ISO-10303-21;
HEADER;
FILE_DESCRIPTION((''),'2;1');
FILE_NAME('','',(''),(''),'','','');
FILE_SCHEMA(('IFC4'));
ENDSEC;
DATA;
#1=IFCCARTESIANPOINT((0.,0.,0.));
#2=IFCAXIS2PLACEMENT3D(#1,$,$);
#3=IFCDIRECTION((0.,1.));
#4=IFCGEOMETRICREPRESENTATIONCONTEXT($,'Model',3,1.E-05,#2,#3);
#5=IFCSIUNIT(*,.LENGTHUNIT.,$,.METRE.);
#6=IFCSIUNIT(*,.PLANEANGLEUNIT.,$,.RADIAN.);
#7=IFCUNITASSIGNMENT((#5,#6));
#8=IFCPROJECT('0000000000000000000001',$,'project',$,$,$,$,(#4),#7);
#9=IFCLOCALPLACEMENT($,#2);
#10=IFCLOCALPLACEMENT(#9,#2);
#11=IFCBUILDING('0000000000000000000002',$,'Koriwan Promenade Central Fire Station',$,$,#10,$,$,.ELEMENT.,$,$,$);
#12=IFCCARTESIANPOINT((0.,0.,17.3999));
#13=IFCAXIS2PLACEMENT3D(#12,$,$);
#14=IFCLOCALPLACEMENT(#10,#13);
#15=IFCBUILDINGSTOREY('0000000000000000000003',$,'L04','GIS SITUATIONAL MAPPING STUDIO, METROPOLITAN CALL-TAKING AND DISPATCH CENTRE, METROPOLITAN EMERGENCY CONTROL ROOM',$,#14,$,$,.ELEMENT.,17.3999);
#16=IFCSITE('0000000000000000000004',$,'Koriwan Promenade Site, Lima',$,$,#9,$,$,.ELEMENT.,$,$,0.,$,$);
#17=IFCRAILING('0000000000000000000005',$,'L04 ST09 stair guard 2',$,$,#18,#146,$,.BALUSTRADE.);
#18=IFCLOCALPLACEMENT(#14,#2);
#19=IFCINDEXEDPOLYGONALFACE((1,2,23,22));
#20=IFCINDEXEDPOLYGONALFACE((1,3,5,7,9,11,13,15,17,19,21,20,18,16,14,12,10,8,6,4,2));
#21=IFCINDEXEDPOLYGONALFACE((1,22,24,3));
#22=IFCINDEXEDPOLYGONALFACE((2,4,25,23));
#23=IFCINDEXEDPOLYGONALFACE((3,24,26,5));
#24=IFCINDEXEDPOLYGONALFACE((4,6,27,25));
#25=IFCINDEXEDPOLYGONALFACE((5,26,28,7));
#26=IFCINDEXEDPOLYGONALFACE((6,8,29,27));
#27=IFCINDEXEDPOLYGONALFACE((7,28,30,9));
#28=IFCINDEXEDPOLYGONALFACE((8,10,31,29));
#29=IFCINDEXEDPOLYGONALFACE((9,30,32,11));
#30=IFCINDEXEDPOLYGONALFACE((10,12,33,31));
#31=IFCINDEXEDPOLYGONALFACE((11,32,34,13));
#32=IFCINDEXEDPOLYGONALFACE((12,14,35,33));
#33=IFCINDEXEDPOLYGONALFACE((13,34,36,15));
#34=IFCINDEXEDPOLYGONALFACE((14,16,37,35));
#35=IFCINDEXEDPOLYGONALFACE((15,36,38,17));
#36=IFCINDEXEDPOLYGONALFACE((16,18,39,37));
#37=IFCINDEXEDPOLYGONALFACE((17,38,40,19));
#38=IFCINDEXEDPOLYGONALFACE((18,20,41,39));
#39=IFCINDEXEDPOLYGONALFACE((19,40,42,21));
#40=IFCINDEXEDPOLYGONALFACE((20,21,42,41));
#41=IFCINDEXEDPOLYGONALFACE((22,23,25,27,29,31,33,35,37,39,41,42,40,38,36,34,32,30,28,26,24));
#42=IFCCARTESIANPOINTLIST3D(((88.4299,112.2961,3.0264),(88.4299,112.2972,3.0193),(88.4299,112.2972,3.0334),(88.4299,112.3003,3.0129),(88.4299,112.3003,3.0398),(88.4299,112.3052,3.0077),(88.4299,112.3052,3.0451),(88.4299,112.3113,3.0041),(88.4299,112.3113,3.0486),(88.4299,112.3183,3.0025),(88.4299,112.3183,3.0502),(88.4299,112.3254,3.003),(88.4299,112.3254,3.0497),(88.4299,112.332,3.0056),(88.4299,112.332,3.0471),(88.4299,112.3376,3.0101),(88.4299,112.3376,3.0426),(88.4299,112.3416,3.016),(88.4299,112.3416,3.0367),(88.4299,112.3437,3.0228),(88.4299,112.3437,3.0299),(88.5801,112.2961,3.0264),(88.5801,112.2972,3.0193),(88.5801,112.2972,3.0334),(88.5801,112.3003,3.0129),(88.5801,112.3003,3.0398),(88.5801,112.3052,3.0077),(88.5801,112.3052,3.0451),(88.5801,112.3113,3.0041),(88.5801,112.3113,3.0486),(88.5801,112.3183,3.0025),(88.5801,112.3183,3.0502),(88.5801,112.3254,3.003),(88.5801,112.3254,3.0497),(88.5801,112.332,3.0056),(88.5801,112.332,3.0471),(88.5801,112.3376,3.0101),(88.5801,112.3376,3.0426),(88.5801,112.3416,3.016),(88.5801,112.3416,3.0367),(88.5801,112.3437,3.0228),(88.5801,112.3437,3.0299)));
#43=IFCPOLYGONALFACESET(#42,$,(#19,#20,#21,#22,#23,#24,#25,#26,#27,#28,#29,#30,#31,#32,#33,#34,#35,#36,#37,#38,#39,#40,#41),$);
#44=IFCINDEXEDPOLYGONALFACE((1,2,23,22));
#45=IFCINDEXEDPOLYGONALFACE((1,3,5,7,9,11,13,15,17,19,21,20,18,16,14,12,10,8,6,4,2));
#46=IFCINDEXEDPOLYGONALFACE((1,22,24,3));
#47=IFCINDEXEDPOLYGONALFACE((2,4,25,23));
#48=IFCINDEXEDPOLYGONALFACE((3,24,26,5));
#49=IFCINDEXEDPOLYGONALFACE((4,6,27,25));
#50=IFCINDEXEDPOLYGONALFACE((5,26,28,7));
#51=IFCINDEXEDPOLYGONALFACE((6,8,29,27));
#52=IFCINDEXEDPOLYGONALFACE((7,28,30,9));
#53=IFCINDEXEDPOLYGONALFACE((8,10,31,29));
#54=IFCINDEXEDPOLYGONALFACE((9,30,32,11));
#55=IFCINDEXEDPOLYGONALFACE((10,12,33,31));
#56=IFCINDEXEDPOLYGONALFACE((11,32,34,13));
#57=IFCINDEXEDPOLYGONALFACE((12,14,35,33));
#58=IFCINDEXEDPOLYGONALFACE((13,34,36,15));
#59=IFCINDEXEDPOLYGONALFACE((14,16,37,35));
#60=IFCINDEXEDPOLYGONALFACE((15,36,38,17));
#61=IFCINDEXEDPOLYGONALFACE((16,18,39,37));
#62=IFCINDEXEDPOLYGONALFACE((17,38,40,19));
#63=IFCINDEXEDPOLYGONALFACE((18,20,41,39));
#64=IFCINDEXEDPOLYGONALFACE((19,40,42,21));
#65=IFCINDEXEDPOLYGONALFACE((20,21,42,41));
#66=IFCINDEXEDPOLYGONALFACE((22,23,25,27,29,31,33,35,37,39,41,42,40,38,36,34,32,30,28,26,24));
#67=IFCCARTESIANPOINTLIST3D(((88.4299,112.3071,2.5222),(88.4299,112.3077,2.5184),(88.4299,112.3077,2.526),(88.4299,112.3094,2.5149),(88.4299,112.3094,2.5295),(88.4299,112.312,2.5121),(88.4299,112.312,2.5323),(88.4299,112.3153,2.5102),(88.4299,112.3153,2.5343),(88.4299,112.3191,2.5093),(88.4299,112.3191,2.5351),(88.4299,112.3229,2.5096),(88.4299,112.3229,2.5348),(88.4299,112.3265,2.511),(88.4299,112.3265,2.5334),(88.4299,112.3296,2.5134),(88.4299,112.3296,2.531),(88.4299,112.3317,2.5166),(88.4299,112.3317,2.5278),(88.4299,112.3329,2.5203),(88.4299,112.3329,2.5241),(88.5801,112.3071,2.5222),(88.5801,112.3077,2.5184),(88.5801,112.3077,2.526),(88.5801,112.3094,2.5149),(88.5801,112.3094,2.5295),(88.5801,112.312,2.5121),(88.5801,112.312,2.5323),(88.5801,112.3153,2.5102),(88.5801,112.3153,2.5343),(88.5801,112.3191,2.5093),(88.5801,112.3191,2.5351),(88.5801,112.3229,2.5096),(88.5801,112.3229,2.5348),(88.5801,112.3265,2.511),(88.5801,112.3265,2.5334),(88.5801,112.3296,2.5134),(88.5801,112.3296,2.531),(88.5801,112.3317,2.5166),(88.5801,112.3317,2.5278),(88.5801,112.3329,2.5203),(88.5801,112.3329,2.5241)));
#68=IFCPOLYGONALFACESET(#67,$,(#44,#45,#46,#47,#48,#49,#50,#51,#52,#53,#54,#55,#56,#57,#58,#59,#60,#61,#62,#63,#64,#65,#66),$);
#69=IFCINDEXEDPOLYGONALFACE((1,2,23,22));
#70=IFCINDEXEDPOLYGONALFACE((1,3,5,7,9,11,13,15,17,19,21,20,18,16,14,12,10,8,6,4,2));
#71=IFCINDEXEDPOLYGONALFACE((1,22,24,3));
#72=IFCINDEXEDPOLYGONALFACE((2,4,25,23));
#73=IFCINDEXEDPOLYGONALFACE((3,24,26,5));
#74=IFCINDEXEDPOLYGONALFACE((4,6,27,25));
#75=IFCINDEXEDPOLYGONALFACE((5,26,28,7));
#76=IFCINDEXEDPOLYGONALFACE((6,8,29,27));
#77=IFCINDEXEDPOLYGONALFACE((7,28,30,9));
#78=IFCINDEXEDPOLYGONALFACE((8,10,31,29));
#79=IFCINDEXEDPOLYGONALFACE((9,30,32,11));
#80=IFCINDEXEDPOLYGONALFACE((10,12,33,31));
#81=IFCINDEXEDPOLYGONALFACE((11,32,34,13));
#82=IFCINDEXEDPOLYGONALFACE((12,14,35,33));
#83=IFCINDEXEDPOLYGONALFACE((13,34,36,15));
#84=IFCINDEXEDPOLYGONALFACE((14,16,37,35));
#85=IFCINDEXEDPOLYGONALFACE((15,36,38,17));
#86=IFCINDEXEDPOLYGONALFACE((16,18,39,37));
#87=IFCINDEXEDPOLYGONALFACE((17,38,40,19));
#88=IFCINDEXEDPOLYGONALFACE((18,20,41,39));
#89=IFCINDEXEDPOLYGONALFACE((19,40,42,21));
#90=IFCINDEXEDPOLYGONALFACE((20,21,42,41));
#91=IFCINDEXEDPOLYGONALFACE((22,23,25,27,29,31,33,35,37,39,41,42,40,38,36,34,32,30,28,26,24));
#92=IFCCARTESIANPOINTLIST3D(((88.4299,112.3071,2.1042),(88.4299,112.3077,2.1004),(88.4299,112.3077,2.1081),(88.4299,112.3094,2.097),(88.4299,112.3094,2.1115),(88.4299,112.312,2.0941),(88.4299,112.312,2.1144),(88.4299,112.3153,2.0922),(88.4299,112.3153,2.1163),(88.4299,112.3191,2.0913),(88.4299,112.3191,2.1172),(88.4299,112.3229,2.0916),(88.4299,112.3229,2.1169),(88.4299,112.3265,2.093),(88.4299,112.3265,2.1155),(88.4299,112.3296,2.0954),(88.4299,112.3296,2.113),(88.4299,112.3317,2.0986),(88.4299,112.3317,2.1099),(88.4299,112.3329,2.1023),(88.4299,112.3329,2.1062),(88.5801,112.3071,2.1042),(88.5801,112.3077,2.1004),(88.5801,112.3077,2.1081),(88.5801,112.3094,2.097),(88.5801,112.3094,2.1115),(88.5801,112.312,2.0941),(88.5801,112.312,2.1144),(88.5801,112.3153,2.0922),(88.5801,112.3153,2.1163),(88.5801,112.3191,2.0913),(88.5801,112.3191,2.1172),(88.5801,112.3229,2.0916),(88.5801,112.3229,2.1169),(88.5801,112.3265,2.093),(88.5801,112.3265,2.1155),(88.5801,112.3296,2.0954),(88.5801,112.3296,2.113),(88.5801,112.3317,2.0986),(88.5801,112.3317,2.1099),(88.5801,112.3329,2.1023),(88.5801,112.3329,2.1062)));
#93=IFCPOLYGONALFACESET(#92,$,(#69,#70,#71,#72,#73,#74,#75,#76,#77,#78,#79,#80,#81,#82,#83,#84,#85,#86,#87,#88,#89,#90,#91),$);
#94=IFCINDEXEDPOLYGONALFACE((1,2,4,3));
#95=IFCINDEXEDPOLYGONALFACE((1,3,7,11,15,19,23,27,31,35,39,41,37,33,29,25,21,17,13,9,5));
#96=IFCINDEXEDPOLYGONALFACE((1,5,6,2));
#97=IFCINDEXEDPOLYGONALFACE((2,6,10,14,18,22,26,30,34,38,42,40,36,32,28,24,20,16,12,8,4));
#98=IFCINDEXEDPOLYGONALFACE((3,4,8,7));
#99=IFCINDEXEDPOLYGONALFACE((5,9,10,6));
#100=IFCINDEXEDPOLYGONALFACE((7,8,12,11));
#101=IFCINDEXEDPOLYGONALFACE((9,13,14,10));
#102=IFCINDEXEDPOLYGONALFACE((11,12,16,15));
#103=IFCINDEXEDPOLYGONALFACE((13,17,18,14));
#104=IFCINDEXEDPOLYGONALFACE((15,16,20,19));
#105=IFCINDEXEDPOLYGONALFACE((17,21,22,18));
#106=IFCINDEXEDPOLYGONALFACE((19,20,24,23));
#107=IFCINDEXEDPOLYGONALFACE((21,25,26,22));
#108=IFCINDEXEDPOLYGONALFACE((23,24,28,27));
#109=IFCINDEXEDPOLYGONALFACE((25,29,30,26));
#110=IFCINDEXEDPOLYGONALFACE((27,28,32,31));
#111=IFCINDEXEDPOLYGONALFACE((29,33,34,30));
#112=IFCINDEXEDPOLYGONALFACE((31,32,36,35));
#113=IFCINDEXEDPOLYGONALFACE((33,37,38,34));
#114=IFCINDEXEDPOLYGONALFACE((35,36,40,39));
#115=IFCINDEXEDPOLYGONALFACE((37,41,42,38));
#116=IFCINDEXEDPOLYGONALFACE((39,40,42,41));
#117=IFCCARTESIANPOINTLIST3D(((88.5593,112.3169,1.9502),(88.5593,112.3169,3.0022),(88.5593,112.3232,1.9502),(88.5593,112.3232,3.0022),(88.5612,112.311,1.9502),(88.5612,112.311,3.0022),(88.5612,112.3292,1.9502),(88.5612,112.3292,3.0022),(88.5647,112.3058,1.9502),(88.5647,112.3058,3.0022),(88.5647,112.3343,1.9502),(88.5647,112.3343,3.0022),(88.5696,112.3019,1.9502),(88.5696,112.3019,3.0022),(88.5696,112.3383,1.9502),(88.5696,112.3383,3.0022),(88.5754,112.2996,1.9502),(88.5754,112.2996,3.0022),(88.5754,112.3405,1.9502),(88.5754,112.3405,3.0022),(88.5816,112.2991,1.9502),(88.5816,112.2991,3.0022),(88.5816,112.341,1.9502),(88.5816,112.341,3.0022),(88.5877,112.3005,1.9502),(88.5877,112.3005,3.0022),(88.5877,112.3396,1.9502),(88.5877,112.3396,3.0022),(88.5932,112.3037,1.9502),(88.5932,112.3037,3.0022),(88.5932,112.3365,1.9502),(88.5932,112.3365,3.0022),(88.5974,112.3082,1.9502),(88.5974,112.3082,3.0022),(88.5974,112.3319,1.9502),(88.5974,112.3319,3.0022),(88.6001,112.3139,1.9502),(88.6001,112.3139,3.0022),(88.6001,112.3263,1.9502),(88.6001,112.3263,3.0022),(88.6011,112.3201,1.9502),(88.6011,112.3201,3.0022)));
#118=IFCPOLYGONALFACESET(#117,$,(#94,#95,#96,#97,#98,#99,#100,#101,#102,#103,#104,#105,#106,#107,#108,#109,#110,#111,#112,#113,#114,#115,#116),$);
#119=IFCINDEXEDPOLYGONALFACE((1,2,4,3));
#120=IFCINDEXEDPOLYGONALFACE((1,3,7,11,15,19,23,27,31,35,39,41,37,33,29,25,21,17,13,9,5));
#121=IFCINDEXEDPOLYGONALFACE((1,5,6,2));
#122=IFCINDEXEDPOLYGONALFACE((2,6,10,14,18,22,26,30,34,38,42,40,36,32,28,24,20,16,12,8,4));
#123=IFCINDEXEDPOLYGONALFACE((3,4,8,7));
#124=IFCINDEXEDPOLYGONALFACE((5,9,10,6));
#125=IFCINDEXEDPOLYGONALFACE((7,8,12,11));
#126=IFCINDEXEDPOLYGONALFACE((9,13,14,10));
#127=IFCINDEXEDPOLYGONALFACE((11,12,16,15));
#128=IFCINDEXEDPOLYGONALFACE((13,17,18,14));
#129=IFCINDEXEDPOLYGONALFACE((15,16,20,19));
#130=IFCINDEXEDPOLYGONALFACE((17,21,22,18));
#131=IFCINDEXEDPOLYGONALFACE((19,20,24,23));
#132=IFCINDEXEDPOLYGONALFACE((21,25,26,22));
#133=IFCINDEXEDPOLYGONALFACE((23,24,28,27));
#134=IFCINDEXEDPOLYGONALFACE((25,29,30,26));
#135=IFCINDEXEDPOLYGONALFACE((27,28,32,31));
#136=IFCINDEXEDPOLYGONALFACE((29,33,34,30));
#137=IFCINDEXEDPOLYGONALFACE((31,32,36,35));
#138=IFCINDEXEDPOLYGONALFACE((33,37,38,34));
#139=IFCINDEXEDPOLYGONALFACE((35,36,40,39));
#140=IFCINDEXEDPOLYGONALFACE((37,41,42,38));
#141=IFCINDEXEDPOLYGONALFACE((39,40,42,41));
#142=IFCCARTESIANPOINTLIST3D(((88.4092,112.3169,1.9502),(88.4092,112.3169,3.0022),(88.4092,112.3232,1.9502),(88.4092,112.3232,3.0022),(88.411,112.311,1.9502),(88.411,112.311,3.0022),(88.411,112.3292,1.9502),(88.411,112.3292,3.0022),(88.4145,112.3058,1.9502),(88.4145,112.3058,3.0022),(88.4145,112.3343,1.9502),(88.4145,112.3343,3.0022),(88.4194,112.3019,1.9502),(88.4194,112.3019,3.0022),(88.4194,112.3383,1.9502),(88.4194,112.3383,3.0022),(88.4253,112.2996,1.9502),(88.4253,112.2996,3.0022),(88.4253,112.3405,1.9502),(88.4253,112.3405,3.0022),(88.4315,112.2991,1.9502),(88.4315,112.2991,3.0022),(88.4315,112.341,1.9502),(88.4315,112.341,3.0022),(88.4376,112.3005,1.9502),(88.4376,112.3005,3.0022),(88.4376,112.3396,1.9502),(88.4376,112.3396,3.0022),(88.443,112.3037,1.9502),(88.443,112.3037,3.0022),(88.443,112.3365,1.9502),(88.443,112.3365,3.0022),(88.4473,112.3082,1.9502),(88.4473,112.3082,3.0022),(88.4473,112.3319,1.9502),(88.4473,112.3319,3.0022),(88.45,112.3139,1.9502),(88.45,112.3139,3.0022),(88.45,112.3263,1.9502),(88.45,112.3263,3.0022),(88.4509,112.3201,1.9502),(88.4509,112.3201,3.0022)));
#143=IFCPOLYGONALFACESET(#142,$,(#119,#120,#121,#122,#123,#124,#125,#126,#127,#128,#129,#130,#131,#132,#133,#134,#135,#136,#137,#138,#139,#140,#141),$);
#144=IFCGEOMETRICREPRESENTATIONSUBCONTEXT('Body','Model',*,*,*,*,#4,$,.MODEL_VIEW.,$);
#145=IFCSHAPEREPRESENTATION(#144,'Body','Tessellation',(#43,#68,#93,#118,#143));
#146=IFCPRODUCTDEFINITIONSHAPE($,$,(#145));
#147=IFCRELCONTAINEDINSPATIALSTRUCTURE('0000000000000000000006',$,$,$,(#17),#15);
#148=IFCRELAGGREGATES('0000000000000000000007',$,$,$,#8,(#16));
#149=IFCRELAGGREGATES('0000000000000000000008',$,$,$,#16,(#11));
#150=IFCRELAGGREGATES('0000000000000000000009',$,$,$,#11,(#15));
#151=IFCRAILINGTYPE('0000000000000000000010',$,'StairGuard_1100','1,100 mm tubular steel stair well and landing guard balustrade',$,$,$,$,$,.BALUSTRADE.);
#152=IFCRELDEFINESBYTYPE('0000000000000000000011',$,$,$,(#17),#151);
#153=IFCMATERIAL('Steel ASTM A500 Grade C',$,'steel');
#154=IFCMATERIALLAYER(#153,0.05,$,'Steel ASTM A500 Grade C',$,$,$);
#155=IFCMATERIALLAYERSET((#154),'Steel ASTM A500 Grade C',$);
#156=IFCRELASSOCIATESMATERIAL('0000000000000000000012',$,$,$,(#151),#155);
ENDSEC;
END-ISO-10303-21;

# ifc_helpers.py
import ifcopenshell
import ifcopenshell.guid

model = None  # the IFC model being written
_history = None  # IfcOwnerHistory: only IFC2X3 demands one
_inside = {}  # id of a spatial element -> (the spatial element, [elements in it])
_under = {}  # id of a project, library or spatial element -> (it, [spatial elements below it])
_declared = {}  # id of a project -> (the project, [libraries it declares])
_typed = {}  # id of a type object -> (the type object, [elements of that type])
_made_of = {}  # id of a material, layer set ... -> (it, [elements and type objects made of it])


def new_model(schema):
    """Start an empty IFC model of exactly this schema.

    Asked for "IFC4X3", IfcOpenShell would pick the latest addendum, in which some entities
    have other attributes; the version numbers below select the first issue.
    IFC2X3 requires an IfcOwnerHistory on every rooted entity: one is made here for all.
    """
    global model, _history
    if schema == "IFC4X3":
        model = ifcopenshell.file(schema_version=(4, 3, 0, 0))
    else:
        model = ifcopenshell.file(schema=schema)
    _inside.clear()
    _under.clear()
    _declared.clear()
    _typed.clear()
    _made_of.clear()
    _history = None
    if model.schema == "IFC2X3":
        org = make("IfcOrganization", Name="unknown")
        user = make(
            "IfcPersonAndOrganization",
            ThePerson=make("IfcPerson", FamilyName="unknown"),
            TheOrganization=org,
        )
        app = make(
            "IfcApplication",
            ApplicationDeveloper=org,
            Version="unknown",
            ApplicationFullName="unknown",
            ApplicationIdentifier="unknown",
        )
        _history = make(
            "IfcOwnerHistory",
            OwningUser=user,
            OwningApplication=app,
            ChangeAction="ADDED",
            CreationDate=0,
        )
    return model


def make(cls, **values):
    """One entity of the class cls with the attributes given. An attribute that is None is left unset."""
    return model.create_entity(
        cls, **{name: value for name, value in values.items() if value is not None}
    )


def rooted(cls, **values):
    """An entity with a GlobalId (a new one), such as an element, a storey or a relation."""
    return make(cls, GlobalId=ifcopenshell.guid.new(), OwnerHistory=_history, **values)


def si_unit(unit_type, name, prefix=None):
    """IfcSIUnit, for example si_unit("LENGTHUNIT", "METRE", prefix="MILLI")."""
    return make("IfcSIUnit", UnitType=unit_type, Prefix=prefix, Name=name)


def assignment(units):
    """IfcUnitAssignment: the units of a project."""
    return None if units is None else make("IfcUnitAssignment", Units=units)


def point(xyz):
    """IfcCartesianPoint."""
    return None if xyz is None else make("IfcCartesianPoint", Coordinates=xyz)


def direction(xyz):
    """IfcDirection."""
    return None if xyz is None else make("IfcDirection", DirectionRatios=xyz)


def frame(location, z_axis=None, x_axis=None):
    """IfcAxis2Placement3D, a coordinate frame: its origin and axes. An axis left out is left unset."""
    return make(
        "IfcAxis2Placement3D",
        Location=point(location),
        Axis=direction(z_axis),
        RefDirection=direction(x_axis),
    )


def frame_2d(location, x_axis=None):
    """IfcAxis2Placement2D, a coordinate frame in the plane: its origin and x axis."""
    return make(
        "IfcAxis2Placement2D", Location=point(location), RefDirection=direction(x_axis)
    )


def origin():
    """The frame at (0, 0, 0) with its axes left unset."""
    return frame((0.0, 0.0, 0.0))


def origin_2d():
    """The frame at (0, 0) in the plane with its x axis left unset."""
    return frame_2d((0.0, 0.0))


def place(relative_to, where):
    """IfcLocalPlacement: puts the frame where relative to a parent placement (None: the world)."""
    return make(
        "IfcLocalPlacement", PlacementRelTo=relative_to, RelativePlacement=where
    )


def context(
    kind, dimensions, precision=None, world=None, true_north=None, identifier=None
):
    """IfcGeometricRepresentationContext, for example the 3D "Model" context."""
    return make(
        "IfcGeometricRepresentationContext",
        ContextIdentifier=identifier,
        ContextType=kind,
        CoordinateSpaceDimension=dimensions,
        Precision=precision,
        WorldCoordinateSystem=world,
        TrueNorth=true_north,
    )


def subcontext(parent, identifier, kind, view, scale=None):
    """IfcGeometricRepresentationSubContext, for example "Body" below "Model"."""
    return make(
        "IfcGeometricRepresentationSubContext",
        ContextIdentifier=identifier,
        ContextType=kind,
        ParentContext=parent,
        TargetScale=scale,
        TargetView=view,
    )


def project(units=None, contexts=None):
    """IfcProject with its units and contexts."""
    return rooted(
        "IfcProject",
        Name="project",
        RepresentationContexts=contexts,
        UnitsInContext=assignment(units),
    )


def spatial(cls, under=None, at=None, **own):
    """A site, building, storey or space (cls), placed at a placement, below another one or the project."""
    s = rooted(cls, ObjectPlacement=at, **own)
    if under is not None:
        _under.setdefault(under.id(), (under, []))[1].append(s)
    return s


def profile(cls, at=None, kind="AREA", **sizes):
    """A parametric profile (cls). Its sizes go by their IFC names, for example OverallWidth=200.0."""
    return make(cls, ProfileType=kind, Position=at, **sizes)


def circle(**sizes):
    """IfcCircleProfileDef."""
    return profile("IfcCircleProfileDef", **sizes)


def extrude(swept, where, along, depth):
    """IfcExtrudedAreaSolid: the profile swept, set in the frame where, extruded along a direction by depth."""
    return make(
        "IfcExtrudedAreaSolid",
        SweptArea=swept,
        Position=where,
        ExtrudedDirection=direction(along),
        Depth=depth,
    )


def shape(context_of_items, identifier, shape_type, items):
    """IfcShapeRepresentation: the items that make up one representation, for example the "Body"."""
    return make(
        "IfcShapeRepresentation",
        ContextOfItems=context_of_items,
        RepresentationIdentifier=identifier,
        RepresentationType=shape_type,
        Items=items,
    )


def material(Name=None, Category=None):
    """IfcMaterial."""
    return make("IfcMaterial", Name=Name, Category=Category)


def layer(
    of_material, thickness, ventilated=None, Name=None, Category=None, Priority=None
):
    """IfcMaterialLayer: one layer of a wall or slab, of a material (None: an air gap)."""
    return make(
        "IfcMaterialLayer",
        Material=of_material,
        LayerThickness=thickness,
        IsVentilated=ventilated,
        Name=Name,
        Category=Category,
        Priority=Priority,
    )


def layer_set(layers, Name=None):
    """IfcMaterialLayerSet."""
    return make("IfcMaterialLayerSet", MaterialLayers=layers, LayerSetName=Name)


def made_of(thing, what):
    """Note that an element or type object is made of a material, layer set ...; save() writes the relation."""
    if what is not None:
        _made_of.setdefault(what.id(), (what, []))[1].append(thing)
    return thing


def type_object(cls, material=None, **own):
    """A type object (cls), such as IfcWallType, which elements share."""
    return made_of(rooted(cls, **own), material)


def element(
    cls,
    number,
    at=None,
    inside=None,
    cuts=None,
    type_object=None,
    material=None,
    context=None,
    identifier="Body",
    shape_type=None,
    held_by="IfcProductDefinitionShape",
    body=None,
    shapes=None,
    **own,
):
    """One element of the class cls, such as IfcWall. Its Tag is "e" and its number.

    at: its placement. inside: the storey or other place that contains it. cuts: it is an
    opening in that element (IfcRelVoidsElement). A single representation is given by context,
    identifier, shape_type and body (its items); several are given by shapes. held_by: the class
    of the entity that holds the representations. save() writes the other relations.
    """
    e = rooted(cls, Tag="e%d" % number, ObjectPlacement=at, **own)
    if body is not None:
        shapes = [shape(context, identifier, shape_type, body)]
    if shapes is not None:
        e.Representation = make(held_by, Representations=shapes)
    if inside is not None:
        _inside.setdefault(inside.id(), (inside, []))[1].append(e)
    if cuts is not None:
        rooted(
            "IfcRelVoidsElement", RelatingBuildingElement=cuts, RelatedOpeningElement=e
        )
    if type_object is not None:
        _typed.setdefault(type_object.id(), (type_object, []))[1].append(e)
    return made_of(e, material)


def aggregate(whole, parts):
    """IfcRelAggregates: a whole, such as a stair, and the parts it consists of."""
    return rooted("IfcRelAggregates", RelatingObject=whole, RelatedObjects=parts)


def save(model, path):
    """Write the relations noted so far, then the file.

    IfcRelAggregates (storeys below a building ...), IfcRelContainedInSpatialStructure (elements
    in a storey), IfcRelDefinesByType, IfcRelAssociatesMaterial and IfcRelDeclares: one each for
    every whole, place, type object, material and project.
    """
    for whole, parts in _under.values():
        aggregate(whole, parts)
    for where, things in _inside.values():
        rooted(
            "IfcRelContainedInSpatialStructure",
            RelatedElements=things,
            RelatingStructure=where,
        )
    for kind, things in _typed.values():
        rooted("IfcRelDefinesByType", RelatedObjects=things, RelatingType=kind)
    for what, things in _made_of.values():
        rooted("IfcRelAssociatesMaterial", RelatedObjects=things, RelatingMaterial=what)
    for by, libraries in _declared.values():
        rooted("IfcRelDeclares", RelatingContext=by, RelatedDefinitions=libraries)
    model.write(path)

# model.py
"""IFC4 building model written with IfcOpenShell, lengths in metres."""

from ifc_helpers import new_model, si_unit, direction, frame, origin, origin_2d, place, context, subcontext, project, spatial, circle, extrude, material, layer, layer_set, type_object, element, save


model = new_model("IFC4")

# Units and contexts
model_context = context("Model", 3, precision=1e-05, world=origin(), true_north=direction((0.0, 1.0)))
body_context = subcontext(model_context, "Body", "Model", "MODEL_VIEW")
ifc_project = project(units=[si_unit("LENGTHUNIT", "METRE"), si_unit("PLANEANGLEUNIT", "RADIAN")], contexts=[model_context])

# Site, building, storey
site_placement = place(None, origin())
site = spatial("IfcSite", under=ifc_project, at=site_placement, Name="Koriwan Promenade Site, Lima", CompositionType="ELEMENT", RefElevation=0.0)
building_placement = place(site_placement, origin())
building = spatial("IfcBuilding", under=site, at=building_placement, Name="Koriwan Promenade Central Fire Station", CompositionType="ELEMENT")
storey_placement = place(building_placement, frame((0.0, 0.0, 17.3999)))
storey = spatial("IfcBuildingStorey", under=building, at=storey_placement, Name="L04", Description="GIS SITUATIONAL MAPPING STUDIO, METROPOLITAN CALL-TAKING AND DISPATCH CENTRE, METROPOLITAN EMERGENCY CONTROL ROOM", CompositionType="ELEMENT", Elevation=17.3999)

# Railing
ifc_material_1 = material(Name="Steel ASTM A500 Grade C", Category="steel")
ifc_layer_1 = layer(ifc_material_1, 0.05, Name="Steel ASTM A500 Grade C")
ifc_layer_set_1 = layer_set([ifc_layer_1], Name="Steel ASTM A500 Grade C")
railing_type_1 = type_object("IfcRailingType", Name="StairGuard_1100", Description="1,100 mm tubular steel stair well and landing guard balustrade", PredefinedType="BALUSTRADE", material=ifc_layer_set_1)
railing_1_placement = place(storey_placement, frame((88.5801, 112.3201, 1.9502)))
element("IfcRailing", 1, at=railing_1_placement, inside=storey, type_object=railing_type_1, Name="L04 ST09 stair guard 2", PredefinedType="BALUSTRADE", context=body_context, shape_type="SweptSolid", body=[
    extrude(circle(Radius=0.0239, at=origin_2d()), frame((0.0, 0.0, 1.0762), z_axis=(-1.0, 0.0, 0.0), x_axis=(0.0, -1.0, 0.0)), (0.0, 0.0, 1.0), 0.1501),
    extrude(circle(Radius=0.0129, at=origin_2d()), frame((0.0, 0.0, 0.572), z_axis=(-1.0, 0.0, 0.0), x_axis=(0.0, -1.0, 0.0)), (0.0, 0.0, 1.0), 0.1501),
    extrude(circle(Radius=0.0129, at=origin_2d()), frame((0.0, 0.0, 0.1541), z_axis=(-1.0, 0.0, 0.0), x_axis=(0.0, -1.0, 0.0)), (0.0, 0.0, 1.0), 0.1501),
    extrude(circle(Radius=0.021, at=origin_2d()), origin(), (0.0, 0.0, 1.0), 1.052),
    extrude(circle(Radius=0.021, at=origin_2d()), frame((-0.1501, 0.0, 0.0)), (0.0, 0.0, 1.0), 1.052),
])

save(model, "model.ifc")
